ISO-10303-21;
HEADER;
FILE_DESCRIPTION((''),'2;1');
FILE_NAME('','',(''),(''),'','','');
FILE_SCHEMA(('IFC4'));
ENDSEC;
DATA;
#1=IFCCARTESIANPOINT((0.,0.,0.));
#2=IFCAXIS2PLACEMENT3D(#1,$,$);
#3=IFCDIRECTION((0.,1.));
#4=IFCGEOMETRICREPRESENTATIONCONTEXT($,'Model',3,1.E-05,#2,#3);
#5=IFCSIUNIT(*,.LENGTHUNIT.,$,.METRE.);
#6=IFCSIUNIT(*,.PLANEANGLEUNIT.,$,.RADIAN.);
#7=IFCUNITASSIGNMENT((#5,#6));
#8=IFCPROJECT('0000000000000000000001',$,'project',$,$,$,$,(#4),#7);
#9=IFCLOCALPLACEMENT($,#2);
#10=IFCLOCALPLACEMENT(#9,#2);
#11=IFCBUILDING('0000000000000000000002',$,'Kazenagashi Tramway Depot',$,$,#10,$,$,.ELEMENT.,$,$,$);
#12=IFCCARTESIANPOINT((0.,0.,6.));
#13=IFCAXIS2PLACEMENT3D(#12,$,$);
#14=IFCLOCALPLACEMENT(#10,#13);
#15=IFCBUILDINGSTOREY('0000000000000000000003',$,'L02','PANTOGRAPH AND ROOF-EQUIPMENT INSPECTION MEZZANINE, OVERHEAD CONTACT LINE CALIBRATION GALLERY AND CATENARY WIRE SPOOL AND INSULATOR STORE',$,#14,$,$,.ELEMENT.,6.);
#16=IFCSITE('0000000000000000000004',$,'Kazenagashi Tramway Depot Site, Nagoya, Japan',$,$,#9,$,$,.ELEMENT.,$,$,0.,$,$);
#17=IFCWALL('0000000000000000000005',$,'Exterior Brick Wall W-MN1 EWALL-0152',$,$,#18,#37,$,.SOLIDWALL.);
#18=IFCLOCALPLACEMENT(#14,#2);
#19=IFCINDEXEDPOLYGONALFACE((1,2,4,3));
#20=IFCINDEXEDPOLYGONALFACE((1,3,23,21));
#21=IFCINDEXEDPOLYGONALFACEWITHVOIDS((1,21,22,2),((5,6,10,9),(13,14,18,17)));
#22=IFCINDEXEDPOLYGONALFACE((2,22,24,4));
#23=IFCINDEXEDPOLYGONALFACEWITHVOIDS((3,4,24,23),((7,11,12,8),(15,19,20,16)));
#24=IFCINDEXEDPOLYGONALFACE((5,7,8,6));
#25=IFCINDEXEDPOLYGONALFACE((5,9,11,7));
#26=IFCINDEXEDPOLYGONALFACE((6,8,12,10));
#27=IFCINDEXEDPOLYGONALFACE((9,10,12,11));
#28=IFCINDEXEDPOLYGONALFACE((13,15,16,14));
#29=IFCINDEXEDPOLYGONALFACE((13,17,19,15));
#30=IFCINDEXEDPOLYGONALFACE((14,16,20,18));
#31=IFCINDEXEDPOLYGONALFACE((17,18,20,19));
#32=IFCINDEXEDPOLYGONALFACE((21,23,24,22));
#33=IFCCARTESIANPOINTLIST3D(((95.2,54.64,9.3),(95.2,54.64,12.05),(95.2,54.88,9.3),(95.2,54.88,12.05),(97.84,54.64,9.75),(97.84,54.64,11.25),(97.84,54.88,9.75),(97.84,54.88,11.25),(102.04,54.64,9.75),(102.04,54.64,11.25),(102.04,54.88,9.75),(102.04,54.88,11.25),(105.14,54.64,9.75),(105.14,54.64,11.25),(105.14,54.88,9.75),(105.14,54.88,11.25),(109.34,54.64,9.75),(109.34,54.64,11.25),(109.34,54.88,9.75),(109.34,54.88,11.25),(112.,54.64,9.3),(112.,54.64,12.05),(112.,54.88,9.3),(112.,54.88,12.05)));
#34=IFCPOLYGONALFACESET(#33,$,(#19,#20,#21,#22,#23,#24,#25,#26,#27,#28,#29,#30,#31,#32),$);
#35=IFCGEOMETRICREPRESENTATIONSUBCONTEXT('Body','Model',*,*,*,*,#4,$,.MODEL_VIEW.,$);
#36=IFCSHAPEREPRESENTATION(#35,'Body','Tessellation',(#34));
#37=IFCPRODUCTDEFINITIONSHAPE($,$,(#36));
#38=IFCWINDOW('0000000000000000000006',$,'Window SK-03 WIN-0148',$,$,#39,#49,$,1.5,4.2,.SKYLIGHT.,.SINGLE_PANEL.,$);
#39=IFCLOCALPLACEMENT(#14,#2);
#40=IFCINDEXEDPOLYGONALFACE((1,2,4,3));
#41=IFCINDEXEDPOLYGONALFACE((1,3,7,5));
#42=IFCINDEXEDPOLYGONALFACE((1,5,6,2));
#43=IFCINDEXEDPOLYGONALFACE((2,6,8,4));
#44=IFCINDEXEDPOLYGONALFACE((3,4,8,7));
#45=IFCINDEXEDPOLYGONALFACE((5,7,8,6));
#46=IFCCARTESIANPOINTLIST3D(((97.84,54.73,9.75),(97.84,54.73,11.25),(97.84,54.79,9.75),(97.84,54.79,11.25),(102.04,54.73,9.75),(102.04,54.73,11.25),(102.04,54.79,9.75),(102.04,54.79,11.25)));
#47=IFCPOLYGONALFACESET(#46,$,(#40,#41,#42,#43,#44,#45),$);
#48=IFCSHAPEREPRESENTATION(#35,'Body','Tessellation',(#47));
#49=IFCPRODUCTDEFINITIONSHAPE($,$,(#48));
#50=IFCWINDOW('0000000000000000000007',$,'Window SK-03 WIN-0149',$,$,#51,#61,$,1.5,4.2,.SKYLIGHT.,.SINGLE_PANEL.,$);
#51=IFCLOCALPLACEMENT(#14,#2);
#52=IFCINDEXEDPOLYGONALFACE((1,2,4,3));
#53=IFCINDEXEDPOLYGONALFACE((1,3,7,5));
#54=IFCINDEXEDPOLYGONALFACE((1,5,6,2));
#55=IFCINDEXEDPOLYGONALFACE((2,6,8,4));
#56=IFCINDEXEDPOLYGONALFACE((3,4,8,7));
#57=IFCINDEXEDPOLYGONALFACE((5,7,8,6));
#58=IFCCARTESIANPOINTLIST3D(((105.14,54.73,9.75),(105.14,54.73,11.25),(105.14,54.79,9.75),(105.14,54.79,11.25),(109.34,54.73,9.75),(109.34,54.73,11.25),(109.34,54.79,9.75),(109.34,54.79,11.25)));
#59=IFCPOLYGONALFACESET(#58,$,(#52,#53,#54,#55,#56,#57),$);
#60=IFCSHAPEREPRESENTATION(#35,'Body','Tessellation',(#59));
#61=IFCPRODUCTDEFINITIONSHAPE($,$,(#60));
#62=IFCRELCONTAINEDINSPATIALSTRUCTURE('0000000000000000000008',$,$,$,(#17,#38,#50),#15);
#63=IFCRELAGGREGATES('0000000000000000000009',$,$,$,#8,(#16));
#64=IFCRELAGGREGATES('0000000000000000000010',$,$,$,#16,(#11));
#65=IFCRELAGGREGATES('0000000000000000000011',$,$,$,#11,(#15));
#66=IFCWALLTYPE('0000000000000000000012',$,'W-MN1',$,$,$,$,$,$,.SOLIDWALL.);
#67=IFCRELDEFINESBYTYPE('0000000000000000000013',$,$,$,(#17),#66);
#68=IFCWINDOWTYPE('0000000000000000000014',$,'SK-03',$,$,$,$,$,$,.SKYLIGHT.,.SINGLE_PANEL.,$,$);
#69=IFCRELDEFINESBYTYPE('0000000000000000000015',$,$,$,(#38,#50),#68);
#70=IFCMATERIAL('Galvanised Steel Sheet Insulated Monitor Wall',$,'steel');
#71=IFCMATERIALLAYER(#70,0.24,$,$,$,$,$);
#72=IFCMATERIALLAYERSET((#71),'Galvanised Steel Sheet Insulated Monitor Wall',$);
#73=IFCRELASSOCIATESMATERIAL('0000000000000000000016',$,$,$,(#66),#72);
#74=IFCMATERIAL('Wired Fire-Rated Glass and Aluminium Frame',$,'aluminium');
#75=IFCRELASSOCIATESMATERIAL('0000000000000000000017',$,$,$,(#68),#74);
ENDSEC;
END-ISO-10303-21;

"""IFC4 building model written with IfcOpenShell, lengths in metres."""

from ifc_helpers import new_model, si_unit, direction, frame, frame_2d, origin, place, context, subcontext, project, spatial, rectangle, extrude, material, layer, layer_set, type_object, element, fill, save


model = new_model("IFC4")

# Units and contexts
model_context = context("Model", 3, precision=1e-05, world=origin(), true_north=direction((0.0, 1.0)))
body_context = subcontext(model_context, "Body", "Model", "MODEL_VIEW")
ifc_project = project(units=[si_unit("LENGTHUNIT", "METRE"), si_unit("PLANEANGLEUNIT", "RADIAN")], contexts=[model_context])

# Site, building, storey
site_placement = place(None, origin())
site = spatial("IfcSite", under=ifc_project, at=site_placement, Name="Kazenagashi Tramway Depot Site, Nagoya, Japan", CompositionType="ELEMENT", RefElevation=0.0)
building_placement = place(site_placement, origin())
building = spatial("IfcBuilding", under=site, at=building_placement, Name="Kazenagashi Tramway Depot", CompositionType="ELEMENT")
storey_placement = place(building_placement, frame((0.0, 0.0, 6.0)))
storey = spatial("IfcBuildingStorey", under=building, at=storey_placement, Name="L02", Description="PANTOGRAPH AND ROOF-EQUIPMENT INSPECTION MEZZANINE, OVERHEAD CONTACT LINE CALIBRATION GALLERY AND CATENARY WIRE SPOOL AND INSULATOR STORE", CompositionType="ELEMENT", Elevation=6.0)

# Wall, openings, windows
ifc_material_1 = material(Name="Galvanised Steel Sheet Insulated Monitor Wall", Category="steel")
ifc_layer_1 = layer(ifc_material_1, 0.24)
ifc_layer_set_1 = layer_set([ifc_layer_1], Name="Galvanised Steel Sheet Insulated Monitor Wall")
wall_type = type_object("IfcWallType", Name="W-MN1", PredefinedType="SOLIDWALL", material=ifc_layer_set_1)
wall_placement = place(storey_placement, frame((95.2, 54.76, 9.3), z_axis=(0.0, 0.0, 1.0), x_axis=(1.0, 0.0, 0.0)))
wall = element("IfcWall", 1, at=wall_placement, inside=storey, type_object=wall_type, Name="Exterior Brick Wall W-MN1 EWALL-0152", PredefinedType="SOLIDWALL", context=body_context, shape_type="SweptSolid", body=[
    extrude(rectangle(XDim=16.8, YDim=0.24, at=frame_2d((8.4, 0.0))), origin(), (0.0, 0.0, 1.0), 2.75),
])
opening_1_placement = place(wall_placement, frame((2.64, 0.0, 0.45)))
opening_1 = element("IfcOpeningElement", 2, at=opening_1_placement, cuts=wall, PredefinedType="OPENING", context=body_context, shape_type="SweptSolid", body=[
    extrude(rectangle(XDim=4.2, YDim=1.5, at=frame_2d((2.1, 0.75))), frame((0.0, 0.13, 0.0), z_axis=(0.0, -1.0, 0.0), x_axis=(1.0, 0.0, 0.0)), (0.0, 0.0, 1.0), 0.26),
])
opening_2_placement = place(wall_placement, frame((9.94, 0.0, 0.45)))
opening_2 = element("IfcOpeningElement", 3, at=opening_2_placement, cuts=wall, PredefinedType="OPENING", context=body_context, shape_type="SweptSolid", body=[
    extrude(rectangle(XDim=4.2, YDim=1.5, at=frame_2d((2.1, 0.75))), frame((0.0, 0.13, 0.0), z_axis=(0.0, -1.0, 0.0), x_axis=(1.0, 0.0, 0.0)), (0.0, 0.0, 1.0), 0.26),
])
ifc_material_2 = material(Name="Wired Fire-Rated Glass and Aluminium Frame", Category="aluminium")
window_type = type_object("IfcWindowType", Name="SK-03", PartitioningType="SINGLE_PANEL", PredefinedType="SKYLIGHT", material=ifc_material_2)
window_1_placement = place(opening_1_placement, origin())
window_1 = element("IfcWindow", 4, at=window_1_placement, inside=storey, type_object=window_type, Name="Window SK-03 WIN-0148", OverallHeight=1.5, OverallWidth=4.2, PartitioningType="SINGLE_PANEL", PredefinedType="SKYLIGHT", context=body_context, shape_type="SweptSolid", body=[
    extrude(rectangle(XDim=4.2, YDim=1.5, at=frame_2d((2.1, 0.75))), frame((0.0, 0.03, 0.0), z_axis=(0.0, -1.0, 0.0), x_axis=(1.0, 0.0, 0.0)), (0.0, 0.0, 1.0), 0.06),
])
fill(opening_1, window_1)
window_2_placement = place(opening_2_placement, origin())
window_2 = element("IfcWindow", 5, at=window_2_placement, inside=storey, type_object=window_type, Name="Window SK-03 WIN-0149", OverallHeight=1.5, OverallWidth=4.2, PartitioningType="SINGLE_PANEL", PredefinedType="SKYLIGHT", context=body_context, shape_type="SweptSolid", body=[
    extrude(rectangle(XDim=4.2, YDim=1.5, at=frame_2d((2.1, 0.75))), frame((0.0, 0.03, 0.0), z_axis=(0.0, -1.0, 0.0), x_axis=(1.0, 0.0, 0.0)), (0.0, 0.0, 1.0), 0.06),
])
fill(opening_2, window_2)

save(model, "model.ifc")
